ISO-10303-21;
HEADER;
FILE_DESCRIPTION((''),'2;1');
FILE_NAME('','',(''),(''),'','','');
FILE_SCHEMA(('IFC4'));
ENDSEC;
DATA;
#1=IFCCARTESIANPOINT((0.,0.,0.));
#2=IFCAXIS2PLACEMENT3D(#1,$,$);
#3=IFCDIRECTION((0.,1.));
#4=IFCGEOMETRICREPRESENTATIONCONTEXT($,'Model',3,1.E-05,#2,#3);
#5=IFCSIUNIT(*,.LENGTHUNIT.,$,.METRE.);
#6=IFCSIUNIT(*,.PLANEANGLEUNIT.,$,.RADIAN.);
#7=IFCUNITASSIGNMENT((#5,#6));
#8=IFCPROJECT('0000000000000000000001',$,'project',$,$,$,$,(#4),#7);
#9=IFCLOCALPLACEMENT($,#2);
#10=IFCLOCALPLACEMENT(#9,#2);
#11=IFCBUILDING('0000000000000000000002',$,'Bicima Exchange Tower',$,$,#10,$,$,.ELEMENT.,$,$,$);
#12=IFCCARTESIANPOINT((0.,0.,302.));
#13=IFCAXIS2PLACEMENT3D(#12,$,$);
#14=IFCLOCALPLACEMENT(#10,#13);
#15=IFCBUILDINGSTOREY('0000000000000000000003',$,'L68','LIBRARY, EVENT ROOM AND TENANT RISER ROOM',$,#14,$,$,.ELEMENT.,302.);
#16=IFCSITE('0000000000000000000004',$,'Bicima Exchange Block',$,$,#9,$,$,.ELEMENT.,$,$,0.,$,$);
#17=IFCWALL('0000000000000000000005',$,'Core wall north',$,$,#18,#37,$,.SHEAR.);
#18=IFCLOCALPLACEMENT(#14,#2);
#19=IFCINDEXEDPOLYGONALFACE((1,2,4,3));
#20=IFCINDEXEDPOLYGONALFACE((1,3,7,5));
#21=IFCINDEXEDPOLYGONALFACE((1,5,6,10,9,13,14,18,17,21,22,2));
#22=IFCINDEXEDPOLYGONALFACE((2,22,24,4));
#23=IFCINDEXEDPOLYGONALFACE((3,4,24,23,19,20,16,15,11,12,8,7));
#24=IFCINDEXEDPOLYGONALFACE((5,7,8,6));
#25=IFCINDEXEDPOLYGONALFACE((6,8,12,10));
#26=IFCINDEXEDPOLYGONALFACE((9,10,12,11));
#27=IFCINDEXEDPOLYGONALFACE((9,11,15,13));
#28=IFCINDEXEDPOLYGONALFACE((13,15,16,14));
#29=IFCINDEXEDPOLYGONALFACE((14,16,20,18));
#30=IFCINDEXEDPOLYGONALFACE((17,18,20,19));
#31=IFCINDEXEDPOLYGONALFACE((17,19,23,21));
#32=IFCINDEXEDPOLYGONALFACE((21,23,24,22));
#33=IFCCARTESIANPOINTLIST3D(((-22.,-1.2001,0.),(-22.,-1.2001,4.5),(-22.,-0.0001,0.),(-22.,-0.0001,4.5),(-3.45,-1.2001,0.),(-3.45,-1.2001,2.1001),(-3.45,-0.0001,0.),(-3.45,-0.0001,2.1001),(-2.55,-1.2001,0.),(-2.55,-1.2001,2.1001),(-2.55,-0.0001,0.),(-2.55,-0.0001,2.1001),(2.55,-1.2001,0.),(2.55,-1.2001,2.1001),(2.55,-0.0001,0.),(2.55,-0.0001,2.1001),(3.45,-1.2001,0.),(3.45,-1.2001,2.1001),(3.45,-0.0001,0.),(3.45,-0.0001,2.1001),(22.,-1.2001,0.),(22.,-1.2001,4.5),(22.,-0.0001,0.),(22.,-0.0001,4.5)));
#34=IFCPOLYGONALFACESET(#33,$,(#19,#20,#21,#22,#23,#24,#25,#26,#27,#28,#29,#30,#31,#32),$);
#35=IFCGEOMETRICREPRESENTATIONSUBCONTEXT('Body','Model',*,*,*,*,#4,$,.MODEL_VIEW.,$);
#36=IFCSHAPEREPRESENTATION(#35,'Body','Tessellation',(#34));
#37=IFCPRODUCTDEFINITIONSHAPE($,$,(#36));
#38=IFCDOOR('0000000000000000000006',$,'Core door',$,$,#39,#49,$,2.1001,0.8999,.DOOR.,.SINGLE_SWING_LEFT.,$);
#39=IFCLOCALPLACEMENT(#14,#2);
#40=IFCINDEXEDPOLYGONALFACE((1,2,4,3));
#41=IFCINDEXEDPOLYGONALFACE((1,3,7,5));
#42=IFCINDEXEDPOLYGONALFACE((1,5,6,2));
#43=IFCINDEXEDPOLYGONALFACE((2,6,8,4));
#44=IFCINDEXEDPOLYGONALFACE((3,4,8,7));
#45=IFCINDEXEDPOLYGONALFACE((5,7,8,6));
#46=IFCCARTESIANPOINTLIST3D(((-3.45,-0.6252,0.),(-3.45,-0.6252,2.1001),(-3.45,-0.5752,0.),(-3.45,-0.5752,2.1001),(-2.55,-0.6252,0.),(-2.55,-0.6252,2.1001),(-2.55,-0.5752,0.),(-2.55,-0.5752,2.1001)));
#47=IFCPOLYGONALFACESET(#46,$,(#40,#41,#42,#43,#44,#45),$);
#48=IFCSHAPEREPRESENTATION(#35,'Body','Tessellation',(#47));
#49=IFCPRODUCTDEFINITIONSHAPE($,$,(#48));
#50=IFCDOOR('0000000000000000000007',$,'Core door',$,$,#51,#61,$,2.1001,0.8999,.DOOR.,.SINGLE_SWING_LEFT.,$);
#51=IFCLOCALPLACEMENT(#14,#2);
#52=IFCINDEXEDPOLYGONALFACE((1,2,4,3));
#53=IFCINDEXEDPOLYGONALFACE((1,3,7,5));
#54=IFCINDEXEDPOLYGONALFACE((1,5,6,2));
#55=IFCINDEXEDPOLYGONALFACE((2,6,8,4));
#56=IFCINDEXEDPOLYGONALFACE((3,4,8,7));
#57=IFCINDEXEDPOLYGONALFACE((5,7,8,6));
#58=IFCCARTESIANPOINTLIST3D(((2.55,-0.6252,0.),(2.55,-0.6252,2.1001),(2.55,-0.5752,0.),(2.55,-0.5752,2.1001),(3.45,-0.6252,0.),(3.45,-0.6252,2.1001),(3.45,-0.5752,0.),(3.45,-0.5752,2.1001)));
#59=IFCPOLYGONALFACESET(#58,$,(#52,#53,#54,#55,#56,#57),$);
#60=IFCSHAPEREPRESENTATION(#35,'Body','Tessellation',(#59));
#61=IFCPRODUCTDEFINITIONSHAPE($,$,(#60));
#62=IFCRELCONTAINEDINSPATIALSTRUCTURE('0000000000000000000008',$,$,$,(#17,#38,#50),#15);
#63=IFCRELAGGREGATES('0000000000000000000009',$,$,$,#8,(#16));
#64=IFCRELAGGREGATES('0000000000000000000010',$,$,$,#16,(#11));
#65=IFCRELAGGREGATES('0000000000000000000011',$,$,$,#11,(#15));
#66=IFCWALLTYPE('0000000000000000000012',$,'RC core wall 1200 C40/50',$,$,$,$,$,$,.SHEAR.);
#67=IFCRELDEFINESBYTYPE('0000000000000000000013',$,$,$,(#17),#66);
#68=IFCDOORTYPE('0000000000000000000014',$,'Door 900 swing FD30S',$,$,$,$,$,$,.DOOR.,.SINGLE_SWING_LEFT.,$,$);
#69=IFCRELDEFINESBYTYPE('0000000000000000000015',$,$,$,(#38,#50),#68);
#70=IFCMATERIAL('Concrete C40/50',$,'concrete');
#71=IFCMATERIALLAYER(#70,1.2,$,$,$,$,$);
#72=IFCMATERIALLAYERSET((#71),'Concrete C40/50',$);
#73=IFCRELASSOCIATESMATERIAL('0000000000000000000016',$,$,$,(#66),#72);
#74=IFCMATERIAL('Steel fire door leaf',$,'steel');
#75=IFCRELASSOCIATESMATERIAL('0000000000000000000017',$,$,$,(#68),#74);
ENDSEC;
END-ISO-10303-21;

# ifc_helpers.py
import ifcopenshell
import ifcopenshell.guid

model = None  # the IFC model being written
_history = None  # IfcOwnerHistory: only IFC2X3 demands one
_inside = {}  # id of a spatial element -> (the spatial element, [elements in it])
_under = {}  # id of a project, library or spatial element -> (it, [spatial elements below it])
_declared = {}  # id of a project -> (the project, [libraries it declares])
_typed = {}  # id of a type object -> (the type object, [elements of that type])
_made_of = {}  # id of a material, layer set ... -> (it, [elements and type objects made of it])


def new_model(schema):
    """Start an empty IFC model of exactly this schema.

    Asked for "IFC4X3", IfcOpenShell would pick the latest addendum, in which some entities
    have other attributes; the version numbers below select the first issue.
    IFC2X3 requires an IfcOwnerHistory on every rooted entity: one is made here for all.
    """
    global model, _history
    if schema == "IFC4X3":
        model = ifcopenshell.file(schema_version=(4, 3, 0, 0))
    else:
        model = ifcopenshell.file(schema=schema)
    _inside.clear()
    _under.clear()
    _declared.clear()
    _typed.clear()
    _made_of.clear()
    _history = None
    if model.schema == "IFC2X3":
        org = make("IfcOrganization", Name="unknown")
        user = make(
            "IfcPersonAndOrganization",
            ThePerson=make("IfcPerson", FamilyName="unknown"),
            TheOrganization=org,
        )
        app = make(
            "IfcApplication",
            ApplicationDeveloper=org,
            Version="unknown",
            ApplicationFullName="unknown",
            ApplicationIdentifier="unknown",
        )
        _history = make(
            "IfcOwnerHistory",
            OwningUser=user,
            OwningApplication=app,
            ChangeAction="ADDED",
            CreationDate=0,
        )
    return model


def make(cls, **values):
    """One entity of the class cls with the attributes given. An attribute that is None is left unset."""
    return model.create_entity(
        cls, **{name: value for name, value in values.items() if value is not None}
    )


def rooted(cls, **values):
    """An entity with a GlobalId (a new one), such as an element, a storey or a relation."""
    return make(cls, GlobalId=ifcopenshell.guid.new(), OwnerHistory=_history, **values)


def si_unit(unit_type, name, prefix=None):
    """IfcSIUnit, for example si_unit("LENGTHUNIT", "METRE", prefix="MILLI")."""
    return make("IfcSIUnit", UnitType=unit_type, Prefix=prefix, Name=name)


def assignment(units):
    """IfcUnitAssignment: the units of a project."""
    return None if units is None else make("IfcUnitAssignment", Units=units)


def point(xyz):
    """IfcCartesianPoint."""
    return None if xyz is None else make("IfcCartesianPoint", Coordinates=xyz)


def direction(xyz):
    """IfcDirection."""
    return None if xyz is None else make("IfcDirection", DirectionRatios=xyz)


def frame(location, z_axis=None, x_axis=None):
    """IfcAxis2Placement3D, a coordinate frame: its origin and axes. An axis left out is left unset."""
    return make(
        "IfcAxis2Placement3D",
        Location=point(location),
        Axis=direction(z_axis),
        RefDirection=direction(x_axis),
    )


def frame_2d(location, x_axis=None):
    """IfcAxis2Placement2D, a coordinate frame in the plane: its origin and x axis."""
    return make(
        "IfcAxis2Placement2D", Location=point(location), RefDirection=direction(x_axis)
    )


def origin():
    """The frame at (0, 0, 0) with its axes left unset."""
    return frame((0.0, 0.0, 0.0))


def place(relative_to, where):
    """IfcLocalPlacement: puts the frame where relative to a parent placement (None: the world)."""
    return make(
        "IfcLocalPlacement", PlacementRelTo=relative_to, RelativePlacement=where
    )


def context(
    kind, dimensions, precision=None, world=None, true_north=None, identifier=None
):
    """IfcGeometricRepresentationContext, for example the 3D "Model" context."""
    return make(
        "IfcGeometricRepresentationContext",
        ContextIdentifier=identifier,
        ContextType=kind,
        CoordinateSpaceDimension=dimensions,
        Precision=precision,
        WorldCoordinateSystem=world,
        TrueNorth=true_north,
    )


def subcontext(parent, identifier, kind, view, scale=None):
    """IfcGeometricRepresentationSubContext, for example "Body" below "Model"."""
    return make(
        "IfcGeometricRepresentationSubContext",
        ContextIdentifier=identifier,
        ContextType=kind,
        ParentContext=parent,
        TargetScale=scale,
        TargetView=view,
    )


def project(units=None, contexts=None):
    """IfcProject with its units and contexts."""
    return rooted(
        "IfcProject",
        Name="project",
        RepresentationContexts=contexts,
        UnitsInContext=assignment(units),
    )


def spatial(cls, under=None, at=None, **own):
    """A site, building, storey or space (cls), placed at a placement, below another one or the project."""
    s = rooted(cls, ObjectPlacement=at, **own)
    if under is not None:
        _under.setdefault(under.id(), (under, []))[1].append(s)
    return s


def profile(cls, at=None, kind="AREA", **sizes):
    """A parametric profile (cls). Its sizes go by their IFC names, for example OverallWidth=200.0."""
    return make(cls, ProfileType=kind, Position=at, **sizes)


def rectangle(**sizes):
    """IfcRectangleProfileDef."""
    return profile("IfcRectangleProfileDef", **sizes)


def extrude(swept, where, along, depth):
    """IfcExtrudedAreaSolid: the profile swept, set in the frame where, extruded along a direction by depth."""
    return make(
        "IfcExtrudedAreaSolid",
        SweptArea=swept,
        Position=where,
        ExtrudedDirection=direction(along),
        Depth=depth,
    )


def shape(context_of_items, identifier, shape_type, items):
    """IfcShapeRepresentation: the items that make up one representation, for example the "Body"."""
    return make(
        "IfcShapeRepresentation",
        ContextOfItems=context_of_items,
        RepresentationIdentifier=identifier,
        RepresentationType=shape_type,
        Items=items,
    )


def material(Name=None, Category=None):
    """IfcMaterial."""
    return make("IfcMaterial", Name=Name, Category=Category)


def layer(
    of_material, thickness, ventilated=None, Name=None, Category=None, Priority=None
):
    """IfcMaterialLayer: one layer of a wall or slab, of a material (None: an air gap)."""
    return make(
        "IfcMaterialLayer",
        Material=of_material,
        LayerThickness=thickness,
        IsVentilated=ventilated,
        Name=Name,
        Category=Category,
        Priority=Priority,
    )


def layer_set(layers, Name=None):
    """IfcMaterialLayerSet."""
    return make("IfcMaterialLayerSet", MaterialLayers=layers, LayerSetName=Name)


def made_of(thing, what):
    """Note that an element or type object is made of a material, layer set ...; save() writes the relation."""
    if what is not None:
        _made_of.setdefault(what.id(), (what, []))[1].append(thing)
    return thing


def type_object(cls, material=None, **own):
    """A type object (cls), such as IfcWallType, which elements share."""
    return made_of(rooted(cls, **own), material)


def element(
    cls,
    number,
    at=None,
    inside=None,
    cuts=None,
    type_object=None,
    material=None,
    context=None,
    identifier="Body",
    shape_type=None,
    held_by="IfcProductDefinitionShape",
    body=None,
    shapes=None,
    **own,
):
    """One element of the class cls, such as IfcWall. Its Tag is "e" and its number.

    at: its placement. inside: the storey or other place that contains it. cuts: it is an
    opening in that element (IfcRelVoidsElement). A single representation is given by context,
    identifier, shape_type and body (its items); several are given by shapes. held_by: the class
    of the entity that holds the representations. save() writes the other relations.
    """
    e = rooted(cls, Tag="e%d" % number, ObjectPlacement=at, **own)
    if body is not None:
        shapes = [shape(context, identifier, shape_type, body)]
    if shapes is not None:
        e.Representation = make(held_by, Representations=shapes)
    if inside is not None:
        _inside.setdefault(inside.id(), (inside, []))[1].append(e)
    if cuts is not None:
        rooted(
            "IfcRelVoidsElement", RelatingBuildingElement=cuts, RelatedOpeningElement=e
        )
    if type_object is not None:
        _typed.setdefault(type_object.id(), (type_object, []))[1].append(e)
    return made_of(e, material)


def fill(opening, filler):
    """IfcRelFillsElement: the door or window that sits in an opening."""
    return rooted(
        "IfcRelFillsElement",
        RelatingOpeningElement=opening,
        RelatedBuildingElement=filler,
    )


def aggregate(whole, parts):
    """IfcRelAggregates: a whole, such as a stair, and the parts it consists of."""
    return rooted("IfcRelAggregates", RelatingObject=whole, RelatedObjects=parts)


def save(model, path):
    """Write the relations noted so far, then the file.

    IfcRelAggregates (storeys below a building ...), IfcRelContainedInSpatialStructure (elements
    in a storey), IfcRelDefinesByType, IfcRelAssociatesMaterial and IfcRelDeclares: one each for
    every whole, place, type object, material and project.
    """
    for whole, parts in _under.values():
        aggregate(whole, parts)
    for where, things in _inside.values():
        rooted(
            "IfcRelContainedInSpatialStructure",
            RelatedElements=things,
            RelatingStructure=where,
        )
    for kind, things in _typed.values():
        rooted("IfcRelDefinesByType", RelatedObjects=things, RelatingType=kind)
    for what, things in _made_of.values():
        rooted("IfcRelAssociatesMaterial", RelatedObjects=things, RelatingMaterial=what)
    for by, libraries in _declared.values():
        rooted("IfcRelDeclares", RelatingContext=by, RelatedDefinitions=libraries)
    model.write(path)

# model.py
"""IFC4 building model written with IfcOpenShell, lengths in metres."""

from ifc_helpers import new_model, si_unit, direction, frame, frame_2d, origin, place, context, subcontext, project, spatial, rectangle, extrude, material, layer, layer_set, type_object, element, fill, save


model = new_model("IFC4")

# Units and contexts
model_context = context("Model", 3, precision=1e-05, world=origin(), true_north=direction((0.0, 1.0)))
body_context = subcontext(model_context, "Body", "Model", "MODEL_VIEW")
ifc_project = project(units=[si_unit("LENGTHUNIT", "METRE"), si_unit("PLANEANGLEUNIT", "RADIAN")], contexts=[model_context])

# Site, building, storey
site_placement = place(None, origin())
site = spatial("IfcSite", under=ifc_project, at=site_placement, Name="Bicima Exchange Block", CompositionType="ELEMENT", RefElevation=0.0)
building_placement = place(site_placement, origin())
building = spatial("IfcBuilding", under=site, at=building_placement, Name="Bicima Exchange Tower", CompositionType="ELEMENT")
storey_placement = place(building_placement, frame((0.0, 0.0, 302.0)))
storey = spatial("IfcBuildingStorey", under=building, at=storey_placement, Name="L68", Description="LIBRARY, EVENT ROOM AND TENANT RISER ROOM", CompositionType="ELEMENT", Elevation=302.0)

# Wall, openings, doors
ifc_material_1 = material(Name="Concrete C40/50", Category="concrete")
ifc_layer_1 = layer(ifc_material_1, 1.2)
ifc_layer_set_1 = layer_set([ifc_layer_1], Name="Concrete C40/50")
wall_type_1 = type_object("IfcWallType", Name="RC core wall 1200 C40/50", PredefinedType="SHEAR", material=ifc_layer_set_1)
wall_1_placement = place(storey_placement, frame((-22.0, -0.6001, 0.0), z_axis=(0.0, 0.0, 1.0), x_axis=(1.0, 0.0, 0.0)))
wall_1 = element("IfcWall", 1, at=wall_1_placement, inside=storey, type_object=wall_type_1, Name="Core wall north", PredefinedType="SHEAR", context=body_context, shape_type="SweptSolid", body=[
    extrude(rectangle(XDim=44.0, YDim=1.2, at=frame_2d((22.0, 0.0))), origin(), (0.0, 0.0, 1.0), 4.5),
])
opening_1_placement = place(wall_1_placement, frame((18.55, 0.0, 0.0)))
opening_1 = element("IfcOpeningElement", 2, at=opening_1_placement, cuts=wall_1, PredefinedType="OPENING", context=body_context, shape_type="SweptSolid", body=[
    extrude(rectangle(XDim=0.8999, YDim=2.1001, at=frame_2d((0.45, 1.05))), frame((0.0, 0.6118, 0.0), z_axis=(0.0, -1.0, 0.0), x_axis=(1.0, 0.0, 0.0)), (0.0, 0.0, 1.0), 1.2239),
])
opening_2_placement = place(wall_1_placement, frame((24.55, 0.0, 0.0)))
opening_2 = element("IfcOpeningElement", 3, at=opening_2_placement, cuts=wall_1, PredefinedType="OPENING", context=body_context, shape_type="SweptSolid", body=[
    extrude(rectangle(XDim=0.8999, YDim=2.1001, at=frame_2d((0.45, 1.05))), frame((0.0, 0.6118, 0.0), z_axis=(0.0, -1.0, 0.0), x_axis=(1.0, 0.0, 0.0)), (0.0, 0.0, 1.0), 1.2239),
])
ifc_material_2 = material(Name="Steel fire door leaf", Category="steel")
door_type_1 = type_object("IfcDoorType", Name="Door 900 swing FD30S", OperationType="SINGLE_SWING_LEFT", PredefinedType="DOOR", material=ifc_material_2)
door_1_placement = place(opening_1_placement, origin())
door_1 = element("IfcDoor", 4, at=door_1_placement, inside=storey, type_object=door_type_1, Name="Core door", OperationType="SINGLE_SWING_LEFT", OverallHeight=2.1001, OverallWidth=0.8999, PredefinedType="DOOR", context=body_context, shape_type="SweptSolid", body=[
    extrude(rectangle(XDim=0.8999, YDim=2.1001, at=frame_2d((0.45, 1.05))), frame((0.0, 0.0249, 0.0), z_axis=(0.0, -1.0, 0.0), x_axis=(1.0, 0.0, 0.0)), (0.0, 0.0, 1.0), 0.05),
])
fill(opening_1, door_1)
door_2_placement = place(opening_2_placement, origin())
door_2 = element("IfcDoor", 5, at=door_2_placement, inside=storey, type_object=door_type_1, Name="Core door", OperationType="SINGLE_SWING_LEFT", OverallHeight=2.1001, OverallWidth=0.8999, PredefinedType="DOOR", context=body_context, shape_type="SweptSolid", body=[
    extrude(rectangle(XDim=0.8999, YDim=2.1001, at=frame_2d((0.45, 1.05))), frame((0.0, 0.0249, 0.0), z_axis=(0.0, -1.0, 0.0), x_axis=(1.0, 0.0, 0.0)), (0.0, 0.0, 1.0), 0.05),
])
fill(opening_2, door_2)

save(model, "model.ifc")
